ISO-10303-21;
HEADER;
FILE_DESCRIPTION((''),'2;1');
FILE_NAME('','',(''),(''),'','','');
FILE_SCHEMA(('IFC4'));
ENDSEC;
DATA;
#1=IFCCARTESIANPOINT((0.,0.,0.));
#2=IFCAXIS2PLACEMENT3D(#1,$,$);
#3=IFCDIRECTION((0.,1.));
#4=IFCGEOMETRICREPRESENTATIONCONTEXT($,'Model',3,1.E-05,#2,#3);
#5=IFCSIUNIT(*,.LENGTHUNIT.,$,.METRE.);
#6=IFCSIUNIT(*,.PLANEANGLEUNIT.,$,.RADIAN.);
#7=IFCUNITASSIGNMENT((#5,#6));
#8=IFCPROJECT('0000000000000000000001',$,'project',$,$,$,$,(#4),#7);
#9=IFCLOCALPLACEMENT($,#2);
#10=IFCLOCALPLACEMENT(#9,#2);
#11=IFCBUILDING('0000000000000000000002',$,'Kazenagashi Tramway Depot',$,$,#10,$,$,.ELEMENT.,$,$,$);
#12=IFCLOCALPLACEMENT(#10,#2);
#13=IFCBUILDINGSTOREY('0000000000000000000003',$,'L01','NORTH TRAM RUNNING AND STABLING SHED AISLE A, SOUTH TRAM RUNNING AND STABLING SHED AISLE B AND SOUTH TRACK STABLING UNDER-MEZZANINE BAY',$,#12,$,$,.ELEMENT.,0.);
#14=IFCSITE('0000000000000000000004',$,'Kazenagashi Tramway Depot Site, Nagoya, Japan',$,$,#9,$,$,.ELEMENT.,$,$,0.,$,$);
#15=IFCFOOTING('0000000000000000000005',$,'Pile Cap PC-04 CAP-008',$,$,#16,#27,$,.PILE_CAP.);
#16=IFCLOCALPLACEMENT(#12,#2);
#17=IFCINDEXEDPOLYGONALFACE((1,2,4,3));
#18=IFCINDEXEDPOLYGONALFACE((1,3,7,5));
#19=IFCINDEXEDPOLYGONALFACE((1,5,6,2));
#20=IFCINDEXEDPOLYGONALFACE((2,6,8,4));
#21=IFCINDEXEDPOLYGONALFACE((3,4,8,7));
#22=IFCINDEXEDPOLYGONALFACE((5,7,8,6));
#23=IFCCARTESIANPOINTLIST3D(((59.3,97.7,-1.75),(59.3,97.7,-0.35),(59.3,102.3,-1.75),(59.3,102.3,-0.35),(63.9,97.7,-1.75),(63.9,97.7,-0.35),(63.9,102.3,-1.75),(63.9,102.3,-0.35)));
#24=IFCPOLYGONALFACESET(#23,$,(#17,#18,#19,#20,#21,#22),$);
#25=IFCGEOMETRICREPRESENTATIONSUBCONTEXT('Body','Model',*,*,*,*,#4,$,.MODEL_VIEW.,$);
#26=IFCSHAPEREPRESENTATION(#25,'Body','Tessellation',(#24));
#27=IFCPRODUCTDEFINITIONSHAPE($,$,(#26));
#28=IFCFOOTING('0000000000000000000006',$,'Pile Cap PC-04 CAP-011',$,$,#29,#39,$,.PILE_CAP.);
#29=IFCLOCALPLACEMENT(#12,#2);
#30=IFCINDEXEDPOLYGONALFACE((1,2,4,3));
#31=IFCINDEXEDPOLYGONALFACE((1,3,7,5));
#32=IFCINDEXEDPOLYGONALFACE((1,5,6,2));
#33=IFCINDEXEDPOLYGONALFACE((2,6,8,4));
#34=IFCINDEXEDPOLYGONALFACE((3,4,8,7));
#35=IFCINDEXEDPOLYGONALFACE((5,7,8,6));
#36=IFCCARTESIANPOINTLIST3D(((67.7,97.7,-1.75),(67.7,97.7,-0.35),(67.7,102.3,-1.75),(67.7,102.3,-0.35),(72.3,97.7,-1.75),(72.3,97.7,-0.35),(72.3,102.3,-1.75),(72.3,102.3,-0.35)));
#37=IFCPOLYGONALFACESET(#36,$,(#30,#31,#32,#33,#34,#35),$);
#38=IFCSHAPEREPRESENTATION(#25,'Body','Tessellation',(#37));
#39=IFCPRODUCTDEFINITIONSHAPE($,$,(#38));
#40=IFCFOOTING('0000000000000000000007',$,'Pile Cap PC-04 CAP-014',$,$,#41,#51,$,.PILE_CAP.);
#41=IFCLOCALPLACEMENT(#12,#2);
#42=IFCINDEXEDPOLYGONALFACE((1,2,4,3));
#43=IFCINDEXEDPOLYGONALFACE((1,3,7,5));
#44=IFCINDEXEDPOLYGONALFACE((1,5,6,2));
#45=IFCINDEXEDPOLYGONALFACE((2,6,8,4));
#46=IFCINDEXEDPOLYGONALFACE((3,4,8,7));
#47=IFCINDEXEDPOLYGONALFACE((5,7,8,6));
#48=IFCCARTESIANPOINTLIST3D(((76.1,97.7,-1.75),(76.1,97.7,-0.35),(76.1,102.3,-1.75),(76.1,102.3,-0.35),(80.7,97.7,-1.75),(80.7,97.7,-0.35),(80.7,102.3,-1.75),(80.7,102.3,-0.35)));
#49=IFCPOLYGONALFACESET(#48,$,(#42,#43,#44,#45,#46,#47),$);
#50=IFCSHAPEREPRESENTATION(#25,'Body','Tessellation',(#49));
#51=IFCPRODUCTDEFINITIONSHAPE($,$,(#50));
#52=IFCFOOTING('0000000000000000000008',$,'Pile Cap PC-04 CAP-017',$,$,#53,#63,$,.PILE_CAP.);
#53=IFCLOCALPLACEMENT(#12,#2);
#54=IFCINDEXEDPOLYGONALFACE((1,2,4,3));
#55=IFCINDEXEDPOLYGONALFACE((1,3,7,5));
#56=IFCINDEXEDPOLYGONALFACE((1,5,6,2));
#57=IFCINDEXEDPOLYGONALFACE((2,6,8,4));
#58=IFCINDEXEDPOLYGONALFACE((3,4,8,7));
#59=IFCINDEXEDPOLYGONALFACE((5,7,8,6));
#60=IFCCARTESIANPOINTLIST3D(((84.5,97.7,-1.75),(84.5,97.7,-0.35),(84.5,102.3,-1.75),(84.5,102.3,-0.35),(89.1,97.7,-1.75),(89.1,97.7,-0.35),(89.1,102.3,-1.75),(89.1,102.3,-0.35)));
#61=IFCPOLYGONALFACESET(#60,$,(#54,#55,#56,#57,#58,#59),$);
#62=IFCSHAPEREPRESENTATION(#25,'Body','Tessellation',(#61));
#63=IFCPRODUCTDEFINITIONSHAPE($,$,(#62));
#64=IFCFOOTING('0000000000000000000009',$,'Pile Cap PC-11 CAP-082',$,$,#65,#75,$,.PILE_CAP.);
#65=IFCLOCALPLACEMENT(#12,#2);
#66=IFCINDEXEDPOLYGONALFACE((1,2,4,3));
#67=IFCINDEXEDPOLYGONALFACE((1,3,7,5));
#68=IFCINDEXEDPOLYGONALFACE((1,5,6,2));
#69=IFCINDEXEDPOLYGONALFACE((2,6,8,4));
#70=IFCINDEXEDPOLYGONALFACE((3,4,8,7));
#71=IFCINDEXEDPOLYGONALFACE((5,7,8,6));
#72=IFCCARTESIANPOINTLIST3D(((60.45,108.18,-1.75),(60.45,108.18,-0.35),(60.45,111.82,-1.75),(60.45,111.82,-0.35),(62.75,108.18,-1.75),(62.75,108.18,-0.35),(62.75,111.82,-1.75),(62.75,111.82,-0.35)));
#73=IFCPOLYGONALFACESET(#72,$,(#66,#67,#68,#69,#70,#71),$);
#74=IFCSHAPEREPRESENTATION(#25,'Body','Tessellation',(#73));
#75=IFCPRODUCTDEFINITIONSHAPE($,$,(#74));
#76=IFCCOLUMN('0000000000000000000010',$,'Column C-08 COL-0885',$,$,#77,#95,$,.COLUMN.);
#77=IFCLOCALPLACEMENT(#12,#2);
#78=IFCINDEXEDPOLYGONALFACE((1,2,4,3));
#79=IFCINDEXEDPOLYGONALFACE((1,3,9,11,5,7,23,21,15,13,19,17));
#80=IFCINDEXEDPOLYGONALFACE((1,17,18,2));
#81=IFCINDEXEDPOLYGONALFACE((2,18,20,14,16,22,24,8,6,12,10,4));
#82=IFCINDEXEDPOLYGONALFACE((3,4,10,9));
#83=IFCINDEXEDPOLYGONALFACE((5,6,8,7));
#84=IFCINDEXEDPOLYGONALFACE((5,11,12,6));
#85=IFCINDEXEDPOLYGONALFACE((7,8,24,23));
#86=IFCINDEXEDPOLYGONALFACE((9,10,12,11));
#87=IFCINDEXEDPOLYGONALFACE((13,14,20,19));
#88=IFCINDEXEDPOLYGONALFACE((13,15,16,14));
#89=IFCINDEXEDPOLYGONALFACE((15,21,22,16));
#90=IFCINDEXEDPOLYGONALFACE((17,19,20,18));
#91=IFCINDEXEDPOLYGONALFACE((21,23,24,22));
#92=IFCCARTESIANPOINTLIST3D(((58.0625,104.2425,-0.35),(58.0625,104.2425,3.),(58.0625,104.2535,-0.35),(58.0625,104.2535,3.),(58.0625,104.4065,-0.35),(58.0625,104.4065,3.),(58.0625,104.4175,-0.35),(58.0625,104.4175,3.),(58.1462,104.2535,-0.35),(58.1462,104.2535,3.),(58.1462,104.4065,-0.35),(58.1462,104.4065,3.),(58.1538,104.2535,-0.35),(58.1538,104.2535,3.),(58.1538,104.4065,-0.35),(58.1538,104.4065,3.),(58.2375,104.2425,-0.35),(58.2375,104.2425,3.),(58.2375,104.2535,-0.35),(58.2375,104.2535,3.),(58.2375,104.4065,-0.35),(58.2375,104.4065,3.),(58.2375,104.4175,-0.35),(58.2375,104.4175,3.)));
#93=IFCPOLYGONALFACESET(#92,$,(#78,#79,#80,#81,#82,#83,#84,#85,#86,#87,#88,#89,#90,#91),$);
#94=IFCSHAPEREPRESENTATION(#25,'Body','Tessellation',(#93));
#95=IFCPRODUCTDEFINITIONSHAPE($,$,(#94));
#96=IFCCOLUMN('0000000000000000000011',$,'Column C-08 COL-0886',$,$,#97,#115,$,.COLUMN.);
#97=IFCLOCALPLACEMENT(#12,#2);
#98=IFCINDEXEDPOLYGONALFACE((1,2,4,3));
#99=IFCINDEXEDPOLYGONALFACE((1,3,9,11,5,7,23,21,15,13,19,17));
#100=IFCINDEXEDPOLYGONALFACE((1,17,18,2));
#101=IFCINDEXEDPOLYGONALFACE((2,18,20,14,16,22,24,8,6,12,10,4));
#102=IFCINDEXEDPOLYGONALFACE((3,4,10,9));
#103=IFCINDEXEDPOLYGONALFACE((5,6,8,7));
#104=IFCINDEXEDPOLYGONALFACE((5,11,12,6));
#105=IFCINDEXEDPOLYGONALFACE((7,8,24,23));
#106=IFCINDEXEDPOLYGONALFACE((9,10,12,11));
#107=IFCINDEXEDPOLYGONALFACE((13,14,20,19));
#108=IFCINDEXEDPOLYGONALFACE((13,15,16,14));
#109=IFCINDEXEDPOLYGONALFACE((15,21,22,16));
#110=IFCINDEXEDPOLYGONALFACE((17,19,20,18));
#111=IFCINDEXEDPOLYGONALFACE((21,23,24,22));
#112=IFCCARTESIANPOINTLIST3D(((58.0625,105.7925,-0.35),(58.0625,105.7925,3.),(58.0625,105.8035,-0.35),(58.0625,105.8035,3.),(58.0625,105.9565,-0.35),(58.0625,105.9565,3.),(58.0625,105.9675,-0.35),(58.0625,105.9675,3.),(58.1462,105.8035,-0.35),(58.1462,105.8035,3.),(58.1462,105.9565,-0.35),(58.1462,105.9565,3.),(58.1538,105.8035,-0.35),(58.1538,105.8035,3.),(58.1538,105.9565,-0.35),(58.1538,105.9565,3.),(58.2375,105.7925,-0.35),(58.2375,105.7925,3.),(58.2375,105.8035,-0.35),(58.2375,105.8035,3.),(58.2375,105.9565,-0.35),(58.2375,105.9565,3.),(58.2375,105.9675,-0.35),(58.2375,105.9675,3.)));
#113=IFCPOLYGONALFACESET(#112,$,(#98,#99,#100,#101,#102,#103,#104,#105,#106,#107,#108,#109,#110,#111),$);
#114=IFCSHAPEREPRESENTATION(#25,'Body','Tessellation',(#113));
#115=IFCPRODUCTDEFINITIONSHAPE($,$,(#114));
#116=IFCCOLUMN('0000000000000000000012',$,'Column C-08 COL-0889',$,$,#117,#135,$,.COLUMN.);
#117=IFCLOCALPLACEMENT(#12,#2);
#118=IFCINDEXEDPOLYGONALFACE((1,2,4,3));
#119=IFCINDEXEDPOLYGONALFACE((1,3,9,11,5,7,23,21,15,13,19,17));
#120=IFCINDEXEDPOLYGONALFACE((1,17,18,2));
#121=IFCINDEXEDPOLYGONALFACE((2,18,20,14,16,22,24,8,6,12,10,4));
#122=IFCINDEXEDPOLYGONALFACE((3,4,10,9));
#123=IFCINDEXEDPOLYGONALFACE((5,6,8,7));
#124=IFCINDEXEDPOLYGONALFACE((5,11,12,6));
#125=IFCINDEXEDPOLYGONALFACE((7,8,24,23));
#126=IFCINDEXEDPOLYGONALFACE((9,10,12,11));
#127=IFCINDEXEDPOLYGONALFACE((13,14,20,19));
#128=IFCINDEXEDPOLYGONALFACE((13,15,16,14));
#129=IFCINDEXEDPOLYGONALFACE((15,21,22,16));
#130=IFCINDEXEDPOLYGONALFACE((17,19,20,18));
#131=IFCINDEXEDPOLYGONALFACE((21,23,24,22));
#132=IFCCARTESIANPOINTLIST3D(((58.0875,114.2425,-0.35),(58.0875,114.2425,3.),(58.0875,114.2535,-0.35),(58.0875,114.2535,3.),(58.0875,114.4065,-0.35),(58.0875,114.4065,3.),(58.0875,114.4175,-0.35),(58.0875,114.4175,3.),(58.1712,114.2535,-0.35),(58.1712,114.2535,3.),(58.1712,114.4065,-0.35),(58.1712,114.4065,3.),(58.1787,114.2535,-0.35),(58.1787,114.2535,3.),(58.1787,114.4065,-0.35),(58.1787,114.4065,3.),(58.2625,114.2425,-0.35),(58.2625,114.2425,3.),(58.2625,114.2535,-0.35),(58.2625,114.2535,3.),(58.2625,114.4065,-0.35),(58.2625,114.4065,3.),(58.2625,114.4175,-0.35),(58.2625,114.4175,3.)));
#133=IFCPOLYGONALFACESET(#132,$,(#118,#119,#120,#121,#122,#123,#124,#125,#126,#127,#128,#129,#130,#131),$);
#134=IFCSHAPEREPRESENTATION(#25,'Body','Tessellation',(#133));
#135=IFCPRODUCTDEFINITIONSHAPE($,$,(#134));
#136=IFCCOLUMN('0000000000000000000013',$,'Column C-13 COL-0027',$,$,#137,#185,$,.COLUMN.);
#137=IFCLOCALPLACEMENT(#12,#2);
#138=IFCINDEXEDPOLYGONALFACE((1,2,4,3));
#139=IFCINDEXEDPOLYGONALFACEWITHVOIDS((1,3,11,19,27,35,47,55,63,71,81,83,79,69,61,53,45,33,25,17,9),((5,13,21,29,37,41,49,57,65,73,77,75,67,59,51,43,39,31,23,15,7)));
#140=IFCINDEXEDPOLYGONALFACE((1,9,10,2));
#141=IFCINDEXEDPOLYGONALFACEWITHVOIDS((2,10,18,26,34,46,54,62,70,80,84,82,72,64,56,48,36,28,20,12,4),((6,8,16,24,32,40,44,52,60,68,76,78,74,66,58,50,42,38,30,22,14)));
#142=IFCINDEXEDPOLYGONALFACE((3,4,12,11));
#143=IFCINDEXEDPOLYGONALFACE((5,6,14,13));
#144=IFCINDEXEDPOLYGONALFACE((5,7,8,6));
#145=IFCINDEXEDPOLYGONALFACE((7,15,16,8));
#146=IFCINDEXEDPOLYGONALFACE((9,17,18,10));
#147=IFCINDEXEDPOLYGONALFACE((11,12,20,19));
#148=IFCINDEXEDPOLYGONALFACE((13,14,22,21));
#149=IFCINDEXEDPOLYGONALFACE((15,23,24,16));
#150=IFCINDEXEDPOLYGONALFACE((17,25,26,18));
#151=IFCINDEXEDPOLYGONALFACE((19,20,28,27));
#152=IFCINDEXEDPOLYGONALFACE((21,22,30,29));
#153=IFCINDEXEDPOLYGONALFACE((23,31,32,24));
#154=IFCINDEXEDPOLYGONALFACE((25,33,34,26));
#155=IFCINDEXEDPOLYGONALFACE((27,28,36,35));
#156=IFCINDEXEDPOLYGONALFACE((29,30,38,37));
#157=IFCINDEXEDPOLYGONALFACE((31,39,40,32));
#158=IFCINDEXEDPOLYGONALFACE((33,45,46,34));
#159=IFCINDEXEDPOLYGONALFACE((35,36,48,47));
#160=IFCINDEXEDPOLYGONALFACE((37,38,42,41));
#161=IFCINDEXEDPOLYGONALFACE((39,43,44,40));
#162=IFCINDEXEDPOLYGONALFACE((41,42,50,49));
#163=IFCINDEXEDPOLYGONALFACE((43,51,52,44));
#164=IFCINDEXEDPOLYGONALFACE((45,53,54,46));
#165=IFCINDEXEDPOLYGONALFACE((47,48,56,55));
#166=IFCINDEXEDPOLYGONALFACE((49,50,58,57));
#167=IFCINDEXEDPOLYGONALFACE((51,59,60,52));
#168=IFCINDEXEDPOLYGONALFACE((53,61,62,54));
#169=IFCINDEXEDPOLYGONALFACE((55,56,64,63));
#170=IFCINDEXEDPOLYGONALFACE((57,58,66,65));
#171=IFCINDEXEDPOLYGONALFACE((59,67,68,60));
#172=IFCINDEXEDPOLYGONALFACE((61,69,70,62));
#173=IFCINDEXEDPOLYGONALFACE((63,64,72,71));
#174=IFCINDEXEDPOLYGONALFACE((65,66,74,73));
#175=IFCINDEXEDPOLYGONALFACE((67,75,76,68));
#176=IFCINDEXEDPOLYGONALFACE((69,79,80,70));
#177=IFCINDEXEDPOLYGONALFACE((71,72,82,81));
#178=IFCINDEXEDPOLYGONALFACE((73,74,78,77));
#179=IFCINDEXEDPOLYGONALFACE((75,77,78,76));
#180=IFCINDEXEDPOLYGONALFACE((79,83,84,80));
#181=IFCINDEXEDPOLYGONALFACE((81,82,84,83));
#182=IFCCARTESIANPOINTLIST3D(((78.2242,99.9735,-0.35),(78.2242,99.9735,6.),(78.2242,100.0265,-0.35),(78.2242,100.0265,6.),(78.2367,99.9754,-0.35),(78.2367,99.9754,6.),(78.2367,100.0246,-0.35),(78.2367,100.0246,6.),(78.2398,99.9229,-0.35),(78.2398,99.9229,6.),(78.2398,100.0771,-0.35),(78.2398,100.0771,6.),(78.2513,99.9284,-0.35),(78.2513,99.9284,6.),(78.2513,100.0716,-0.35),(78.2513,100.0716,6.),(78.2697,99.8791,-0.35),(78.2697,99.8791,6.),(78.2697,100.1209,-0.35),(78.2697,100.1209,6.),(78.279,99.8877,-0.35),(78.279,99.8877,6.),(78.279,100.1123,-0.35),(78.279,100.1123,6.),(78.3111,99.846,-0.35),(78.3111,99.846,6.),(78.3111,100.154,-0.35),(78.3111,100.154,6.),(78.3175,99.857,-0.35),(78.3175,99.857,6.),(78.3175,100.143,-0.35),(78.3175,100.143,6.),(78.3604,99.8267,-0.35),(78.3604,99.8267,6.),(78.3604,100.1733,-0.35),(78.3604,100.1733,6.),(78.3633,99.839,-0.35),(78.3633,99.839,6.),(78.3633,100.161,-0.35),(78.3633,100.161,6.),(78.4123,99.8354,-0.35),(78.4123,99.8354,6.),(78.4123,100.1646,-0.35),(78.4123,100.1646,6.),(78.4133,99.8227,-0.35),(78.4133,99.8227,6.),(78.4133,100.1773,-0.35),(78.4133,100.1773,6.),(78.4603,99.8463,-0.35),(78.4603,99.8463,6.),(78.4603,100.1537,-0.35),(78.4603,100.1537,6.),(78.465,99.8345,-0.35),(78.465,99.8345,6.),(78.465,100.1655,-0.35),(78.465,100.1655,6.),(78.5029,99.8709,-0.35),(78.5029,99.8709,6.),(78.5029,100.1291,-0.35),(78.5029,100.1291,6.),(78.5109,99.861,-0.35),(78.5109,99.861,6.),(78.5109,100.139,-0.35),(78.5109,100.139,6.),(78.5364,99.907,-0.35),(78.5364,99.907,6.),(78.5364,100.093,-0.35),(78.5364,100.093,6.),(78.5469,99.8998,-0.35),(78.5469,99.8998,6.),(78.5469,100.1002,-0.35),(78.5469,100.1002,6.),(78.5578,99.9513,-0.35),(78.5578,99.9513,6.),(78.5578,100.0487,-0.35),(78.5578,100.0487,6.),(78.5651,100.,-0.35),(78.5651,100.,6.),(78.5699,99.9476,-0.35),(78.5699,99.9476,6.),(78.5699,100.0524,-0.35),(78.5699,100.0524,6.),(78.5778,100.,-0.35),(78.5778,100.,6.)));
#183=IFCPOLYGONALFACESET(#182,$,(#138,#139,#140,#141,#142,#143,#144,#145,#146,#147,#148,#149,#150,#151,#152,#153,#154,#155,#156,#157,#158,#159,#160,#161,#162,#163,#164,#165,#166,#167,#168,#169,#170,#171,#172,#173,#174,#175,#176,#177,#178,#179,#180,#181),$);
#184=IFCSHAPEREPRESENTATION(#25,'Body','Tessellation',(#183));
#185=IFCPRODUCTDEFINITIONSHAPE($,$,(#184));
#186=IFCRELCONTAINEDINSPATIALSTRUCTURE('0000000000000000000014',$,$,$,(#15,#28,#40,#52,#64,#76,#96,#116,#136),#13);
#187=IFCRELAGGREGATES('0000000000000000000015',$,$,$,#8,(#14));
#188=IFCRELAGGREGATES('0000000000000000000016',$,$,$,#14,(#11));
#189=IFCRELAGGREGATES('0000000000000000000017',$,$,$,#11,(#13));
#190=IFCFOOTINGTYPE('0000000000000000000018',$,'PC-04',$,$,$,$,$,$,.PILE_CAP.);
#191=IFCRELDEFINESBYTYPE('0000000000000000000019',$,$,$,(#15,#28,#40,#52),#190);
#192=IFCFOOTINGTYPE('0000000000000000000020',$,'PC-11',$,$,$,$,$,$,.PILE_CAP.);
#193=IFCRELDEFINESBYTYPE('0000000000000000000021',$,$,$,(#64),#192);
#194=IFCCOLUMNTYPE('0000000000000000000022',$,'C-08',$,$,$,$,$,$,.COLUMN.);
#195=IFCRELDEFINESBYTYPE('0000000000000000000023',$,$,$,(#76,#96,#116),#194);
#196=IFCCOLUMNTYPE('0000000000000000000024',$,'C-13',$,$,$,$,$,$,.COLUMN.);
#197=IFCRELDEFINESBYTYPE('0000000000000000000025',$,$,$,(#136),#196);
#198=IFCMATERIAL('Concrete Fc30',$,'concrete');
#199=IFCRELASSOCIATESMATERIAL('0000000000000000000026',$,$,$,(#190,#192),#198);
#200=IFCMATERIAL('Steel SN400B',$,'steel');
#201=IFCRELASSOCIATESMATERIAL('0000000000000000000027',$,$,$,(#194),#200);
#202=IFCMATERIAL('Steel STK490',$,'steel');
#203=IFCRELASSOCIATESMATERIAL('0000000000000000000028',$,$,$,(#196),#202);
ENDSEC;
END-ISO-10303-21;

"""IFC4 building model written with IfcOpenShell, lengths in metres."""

from ifc_helpers import new_model, si_unit, direction, frame, origin, origin_2d, place, context, subcontext, project, spatial, rectangle, hollow_circle, i_section, extrude, material, material_profile, profile_set, type_object, element, save


model = new_model("IFC4")

# Units and contexts
model_context = context("Model", 3, precision=1e-05, world=origin(), true_north=direction((0.0, 1.0)))
body_context = subcontext(model_context, "Body", "Model", "MODEL_VIEW")
ifc_project = project(units=[si_unit("LENGTHUNIT", "METRE"), si_unit("PLANEANGLEUNIT", "RADIAN")], contexts=[model_context])

# Site, building, storey
site_placement = place(None, origin())
site = spatial("IfcSite", under=ifc_project, at=site_placement, Name="Kazenagashi Tramway Depot Site, Nagoya, Japan", CompositionType="ELEMENT", RefElevation=0.0)
building_placement = place(site_placement, origin())
building = spatial("IfcBuilding", under=site, at=building_placement, Name="Kazenagashi Tramway Depot", CompositionType="ELEMENT")
storey_placement = place(building_placement, origin())
storey = spatial("IfcBuildingStorey", under=building, at=storey_placement, Name="L01", Description="NORTH TRAM RUNNING AND STABLING SHED AISLE A, SOUTH TRAM RUNNING AND STABLING SHED AISLE B AND SOUTH TRACK STABLING UNDER-MEZZANINE BAY", CompositionType="ELEMENT", Elevation=0.0)

# Shared definitions
ifc_material_1 = material(Name="Concrete Fc30", Category="concrete")

# Footings
footing_type_1 = type_object("IfcFootingType", Name="PC-04", PredefinedType="PILE_CAP", material=ifc_material_1)
for number, where, z_axis, x_axis, name in (
    (1, (61.6, 100.0, -1.75), (0.0, 0.0, 1.0), (1.0, 0.0, 0.0), "Pile Cap PC-04 CAP-008"),
    (2, (70.0, 100.0, -1.75), (0.0, 0.0, 1.0), (1.0, 0.0, 0.0), "Pile Cap PC-04 CAP-011"),
    (3, (78.4, 100.0, -1.75), (0.0, 0.0, 1.0), (1.0, 0.0, 0.0), "Pile Cap PC-04 CAP-014"),
    (4, (86.8, 100.0, -1.75), (0.0, 0.0, 1.0), (1.0, 0.0, 0.0), "Pile Cap PC-04 CAP-017"),
):
    element("IfcFooting", number, at=place(storey_placement, frame(where, z_axis=z_axis, x_axis=x_axis)), inside=storey, type_object=footing_type_1, Name=name, PredefinedType="PILE_CAP", context=body_context, shape_type="SweptSolid", body=[
        extrude(rectangle(XDim=4.6, YDim=4.6, at=origin_2d()), origin(), (0.0, 0.0, 1.0), 1.4),
    ])
footing_type_2 = type_object("IfcFootingType", Name="PC-11", PredefinedType="PILE_CAP", material=ifc_material_1)
footing_placement = place(storey_placement, frame((61.6, 110.0, -1.75), z_axis=(0.0, 0.0, 1.0), x_axis=(1.0, 0.0, 0.0)))
element("IfcFooting", 5, at=footing_placement, inside=storey, type_object=footing_type_2, Name="Pile Cap PC-11 CAP-082", PredefinedType="PILE_CAP", context=body_context, shape_type="SweptSolid", body=[
    extrude(rectangle(XDim=2.3, YDim=3.64, at=origin_2d()), origin(), (0.0, 0.0, 1.0), 1.4),
])

# Columns
ifc_material_2 = material(Name="Steel SN400B", Category="steel")
ifc_material_profile_1 = material_profile(ifc_material_2, i_section(OverallWidth=0.175, OverallDepth=0.175, WebThickness=0.0075, FlangeThickness=0.011, at=origin_2d()), Name="H-175x175x7.5x11")
ifc_profile_set_1 = profile_set([ifc_material_profile_1], Name="Steel SN400B")
column_type_1 = type_object("IfcColumnType", Name="C-08", PredefinedType="COLUMN", material=ifc_profile_set_1)
for number, where, z_axis, x_axis, name in (
    (6, (58.15, 104.33, -0.35), (0.0, 0.0, 1.0), (1.0, 0.0, 0.0), "Column C-08 COL-0885"),
    (7, (58.15, 105.88, -0.35), (0.0, 0.0, 1.0), (1.0, 0.0, 0.0), "Column C-08 COL-0886"),
    (8, (58.175, 114.33, -0.35), (0.0, 0.0, 1.0), (1.0, 0.0, 0.0), "Column C-08 COL-0889"),
):
    element("IfcColumn", number, at=place(storey_placement, frame(where, z_axis=z_axis, x_axis=x_axis)), inside=storey, type_object=column_type_1, Name=name, PredefinedType="COLUMN", context=body_context, shape_type="SweptSolid", body=[
        extrude(i_section(OverallWidth=0.175, OverallDepth=0.175, WebThickness=0.0075, FlangeThickness=0.011, at=origin_2d()), origin(), (0.0, 0.0, 1.0), 3.35),
    ])
ifc_material_3 = material(Name="Steel STK490", Category="steel")
ifc_material_profile_2 = material_profile(ifc_material_3, hollow_circle(Radius=0.1778, WallThickness=0.0127, at=origin_2d()), Name="CHS-355.6x12.7")
ifc_profile_set_2 = profile_set([ifc_material_profile_2], Name="Steel STK490")
column_type_2 = type_object("IfcColumnType", Name="C-13", PredefinedType="COLUMN", material=ifc_profile_set_2)
column_1_placement = place(storey_placement, frame((78.4, 100.0, -0.35), z_axis=(0.0, 0.0, 1.0), x_axis=(1.0, 0.0, 0.0)))
element("IfcColumn", 9, at=column_1_placement, inside=storey, type_object=column_type_2, Name="Column C-13 COL-0027", PredefinedType="COLUMN", context=body_context, shape_type="SweptSolid", body=[
    extrude(hollow_circle(Radius=0.1778, WallThickness=0.0127, at=origin_2d()), origin(), (0.0, 0.0, 1.0), 6.35),
])

save(model, "model.ifc")
